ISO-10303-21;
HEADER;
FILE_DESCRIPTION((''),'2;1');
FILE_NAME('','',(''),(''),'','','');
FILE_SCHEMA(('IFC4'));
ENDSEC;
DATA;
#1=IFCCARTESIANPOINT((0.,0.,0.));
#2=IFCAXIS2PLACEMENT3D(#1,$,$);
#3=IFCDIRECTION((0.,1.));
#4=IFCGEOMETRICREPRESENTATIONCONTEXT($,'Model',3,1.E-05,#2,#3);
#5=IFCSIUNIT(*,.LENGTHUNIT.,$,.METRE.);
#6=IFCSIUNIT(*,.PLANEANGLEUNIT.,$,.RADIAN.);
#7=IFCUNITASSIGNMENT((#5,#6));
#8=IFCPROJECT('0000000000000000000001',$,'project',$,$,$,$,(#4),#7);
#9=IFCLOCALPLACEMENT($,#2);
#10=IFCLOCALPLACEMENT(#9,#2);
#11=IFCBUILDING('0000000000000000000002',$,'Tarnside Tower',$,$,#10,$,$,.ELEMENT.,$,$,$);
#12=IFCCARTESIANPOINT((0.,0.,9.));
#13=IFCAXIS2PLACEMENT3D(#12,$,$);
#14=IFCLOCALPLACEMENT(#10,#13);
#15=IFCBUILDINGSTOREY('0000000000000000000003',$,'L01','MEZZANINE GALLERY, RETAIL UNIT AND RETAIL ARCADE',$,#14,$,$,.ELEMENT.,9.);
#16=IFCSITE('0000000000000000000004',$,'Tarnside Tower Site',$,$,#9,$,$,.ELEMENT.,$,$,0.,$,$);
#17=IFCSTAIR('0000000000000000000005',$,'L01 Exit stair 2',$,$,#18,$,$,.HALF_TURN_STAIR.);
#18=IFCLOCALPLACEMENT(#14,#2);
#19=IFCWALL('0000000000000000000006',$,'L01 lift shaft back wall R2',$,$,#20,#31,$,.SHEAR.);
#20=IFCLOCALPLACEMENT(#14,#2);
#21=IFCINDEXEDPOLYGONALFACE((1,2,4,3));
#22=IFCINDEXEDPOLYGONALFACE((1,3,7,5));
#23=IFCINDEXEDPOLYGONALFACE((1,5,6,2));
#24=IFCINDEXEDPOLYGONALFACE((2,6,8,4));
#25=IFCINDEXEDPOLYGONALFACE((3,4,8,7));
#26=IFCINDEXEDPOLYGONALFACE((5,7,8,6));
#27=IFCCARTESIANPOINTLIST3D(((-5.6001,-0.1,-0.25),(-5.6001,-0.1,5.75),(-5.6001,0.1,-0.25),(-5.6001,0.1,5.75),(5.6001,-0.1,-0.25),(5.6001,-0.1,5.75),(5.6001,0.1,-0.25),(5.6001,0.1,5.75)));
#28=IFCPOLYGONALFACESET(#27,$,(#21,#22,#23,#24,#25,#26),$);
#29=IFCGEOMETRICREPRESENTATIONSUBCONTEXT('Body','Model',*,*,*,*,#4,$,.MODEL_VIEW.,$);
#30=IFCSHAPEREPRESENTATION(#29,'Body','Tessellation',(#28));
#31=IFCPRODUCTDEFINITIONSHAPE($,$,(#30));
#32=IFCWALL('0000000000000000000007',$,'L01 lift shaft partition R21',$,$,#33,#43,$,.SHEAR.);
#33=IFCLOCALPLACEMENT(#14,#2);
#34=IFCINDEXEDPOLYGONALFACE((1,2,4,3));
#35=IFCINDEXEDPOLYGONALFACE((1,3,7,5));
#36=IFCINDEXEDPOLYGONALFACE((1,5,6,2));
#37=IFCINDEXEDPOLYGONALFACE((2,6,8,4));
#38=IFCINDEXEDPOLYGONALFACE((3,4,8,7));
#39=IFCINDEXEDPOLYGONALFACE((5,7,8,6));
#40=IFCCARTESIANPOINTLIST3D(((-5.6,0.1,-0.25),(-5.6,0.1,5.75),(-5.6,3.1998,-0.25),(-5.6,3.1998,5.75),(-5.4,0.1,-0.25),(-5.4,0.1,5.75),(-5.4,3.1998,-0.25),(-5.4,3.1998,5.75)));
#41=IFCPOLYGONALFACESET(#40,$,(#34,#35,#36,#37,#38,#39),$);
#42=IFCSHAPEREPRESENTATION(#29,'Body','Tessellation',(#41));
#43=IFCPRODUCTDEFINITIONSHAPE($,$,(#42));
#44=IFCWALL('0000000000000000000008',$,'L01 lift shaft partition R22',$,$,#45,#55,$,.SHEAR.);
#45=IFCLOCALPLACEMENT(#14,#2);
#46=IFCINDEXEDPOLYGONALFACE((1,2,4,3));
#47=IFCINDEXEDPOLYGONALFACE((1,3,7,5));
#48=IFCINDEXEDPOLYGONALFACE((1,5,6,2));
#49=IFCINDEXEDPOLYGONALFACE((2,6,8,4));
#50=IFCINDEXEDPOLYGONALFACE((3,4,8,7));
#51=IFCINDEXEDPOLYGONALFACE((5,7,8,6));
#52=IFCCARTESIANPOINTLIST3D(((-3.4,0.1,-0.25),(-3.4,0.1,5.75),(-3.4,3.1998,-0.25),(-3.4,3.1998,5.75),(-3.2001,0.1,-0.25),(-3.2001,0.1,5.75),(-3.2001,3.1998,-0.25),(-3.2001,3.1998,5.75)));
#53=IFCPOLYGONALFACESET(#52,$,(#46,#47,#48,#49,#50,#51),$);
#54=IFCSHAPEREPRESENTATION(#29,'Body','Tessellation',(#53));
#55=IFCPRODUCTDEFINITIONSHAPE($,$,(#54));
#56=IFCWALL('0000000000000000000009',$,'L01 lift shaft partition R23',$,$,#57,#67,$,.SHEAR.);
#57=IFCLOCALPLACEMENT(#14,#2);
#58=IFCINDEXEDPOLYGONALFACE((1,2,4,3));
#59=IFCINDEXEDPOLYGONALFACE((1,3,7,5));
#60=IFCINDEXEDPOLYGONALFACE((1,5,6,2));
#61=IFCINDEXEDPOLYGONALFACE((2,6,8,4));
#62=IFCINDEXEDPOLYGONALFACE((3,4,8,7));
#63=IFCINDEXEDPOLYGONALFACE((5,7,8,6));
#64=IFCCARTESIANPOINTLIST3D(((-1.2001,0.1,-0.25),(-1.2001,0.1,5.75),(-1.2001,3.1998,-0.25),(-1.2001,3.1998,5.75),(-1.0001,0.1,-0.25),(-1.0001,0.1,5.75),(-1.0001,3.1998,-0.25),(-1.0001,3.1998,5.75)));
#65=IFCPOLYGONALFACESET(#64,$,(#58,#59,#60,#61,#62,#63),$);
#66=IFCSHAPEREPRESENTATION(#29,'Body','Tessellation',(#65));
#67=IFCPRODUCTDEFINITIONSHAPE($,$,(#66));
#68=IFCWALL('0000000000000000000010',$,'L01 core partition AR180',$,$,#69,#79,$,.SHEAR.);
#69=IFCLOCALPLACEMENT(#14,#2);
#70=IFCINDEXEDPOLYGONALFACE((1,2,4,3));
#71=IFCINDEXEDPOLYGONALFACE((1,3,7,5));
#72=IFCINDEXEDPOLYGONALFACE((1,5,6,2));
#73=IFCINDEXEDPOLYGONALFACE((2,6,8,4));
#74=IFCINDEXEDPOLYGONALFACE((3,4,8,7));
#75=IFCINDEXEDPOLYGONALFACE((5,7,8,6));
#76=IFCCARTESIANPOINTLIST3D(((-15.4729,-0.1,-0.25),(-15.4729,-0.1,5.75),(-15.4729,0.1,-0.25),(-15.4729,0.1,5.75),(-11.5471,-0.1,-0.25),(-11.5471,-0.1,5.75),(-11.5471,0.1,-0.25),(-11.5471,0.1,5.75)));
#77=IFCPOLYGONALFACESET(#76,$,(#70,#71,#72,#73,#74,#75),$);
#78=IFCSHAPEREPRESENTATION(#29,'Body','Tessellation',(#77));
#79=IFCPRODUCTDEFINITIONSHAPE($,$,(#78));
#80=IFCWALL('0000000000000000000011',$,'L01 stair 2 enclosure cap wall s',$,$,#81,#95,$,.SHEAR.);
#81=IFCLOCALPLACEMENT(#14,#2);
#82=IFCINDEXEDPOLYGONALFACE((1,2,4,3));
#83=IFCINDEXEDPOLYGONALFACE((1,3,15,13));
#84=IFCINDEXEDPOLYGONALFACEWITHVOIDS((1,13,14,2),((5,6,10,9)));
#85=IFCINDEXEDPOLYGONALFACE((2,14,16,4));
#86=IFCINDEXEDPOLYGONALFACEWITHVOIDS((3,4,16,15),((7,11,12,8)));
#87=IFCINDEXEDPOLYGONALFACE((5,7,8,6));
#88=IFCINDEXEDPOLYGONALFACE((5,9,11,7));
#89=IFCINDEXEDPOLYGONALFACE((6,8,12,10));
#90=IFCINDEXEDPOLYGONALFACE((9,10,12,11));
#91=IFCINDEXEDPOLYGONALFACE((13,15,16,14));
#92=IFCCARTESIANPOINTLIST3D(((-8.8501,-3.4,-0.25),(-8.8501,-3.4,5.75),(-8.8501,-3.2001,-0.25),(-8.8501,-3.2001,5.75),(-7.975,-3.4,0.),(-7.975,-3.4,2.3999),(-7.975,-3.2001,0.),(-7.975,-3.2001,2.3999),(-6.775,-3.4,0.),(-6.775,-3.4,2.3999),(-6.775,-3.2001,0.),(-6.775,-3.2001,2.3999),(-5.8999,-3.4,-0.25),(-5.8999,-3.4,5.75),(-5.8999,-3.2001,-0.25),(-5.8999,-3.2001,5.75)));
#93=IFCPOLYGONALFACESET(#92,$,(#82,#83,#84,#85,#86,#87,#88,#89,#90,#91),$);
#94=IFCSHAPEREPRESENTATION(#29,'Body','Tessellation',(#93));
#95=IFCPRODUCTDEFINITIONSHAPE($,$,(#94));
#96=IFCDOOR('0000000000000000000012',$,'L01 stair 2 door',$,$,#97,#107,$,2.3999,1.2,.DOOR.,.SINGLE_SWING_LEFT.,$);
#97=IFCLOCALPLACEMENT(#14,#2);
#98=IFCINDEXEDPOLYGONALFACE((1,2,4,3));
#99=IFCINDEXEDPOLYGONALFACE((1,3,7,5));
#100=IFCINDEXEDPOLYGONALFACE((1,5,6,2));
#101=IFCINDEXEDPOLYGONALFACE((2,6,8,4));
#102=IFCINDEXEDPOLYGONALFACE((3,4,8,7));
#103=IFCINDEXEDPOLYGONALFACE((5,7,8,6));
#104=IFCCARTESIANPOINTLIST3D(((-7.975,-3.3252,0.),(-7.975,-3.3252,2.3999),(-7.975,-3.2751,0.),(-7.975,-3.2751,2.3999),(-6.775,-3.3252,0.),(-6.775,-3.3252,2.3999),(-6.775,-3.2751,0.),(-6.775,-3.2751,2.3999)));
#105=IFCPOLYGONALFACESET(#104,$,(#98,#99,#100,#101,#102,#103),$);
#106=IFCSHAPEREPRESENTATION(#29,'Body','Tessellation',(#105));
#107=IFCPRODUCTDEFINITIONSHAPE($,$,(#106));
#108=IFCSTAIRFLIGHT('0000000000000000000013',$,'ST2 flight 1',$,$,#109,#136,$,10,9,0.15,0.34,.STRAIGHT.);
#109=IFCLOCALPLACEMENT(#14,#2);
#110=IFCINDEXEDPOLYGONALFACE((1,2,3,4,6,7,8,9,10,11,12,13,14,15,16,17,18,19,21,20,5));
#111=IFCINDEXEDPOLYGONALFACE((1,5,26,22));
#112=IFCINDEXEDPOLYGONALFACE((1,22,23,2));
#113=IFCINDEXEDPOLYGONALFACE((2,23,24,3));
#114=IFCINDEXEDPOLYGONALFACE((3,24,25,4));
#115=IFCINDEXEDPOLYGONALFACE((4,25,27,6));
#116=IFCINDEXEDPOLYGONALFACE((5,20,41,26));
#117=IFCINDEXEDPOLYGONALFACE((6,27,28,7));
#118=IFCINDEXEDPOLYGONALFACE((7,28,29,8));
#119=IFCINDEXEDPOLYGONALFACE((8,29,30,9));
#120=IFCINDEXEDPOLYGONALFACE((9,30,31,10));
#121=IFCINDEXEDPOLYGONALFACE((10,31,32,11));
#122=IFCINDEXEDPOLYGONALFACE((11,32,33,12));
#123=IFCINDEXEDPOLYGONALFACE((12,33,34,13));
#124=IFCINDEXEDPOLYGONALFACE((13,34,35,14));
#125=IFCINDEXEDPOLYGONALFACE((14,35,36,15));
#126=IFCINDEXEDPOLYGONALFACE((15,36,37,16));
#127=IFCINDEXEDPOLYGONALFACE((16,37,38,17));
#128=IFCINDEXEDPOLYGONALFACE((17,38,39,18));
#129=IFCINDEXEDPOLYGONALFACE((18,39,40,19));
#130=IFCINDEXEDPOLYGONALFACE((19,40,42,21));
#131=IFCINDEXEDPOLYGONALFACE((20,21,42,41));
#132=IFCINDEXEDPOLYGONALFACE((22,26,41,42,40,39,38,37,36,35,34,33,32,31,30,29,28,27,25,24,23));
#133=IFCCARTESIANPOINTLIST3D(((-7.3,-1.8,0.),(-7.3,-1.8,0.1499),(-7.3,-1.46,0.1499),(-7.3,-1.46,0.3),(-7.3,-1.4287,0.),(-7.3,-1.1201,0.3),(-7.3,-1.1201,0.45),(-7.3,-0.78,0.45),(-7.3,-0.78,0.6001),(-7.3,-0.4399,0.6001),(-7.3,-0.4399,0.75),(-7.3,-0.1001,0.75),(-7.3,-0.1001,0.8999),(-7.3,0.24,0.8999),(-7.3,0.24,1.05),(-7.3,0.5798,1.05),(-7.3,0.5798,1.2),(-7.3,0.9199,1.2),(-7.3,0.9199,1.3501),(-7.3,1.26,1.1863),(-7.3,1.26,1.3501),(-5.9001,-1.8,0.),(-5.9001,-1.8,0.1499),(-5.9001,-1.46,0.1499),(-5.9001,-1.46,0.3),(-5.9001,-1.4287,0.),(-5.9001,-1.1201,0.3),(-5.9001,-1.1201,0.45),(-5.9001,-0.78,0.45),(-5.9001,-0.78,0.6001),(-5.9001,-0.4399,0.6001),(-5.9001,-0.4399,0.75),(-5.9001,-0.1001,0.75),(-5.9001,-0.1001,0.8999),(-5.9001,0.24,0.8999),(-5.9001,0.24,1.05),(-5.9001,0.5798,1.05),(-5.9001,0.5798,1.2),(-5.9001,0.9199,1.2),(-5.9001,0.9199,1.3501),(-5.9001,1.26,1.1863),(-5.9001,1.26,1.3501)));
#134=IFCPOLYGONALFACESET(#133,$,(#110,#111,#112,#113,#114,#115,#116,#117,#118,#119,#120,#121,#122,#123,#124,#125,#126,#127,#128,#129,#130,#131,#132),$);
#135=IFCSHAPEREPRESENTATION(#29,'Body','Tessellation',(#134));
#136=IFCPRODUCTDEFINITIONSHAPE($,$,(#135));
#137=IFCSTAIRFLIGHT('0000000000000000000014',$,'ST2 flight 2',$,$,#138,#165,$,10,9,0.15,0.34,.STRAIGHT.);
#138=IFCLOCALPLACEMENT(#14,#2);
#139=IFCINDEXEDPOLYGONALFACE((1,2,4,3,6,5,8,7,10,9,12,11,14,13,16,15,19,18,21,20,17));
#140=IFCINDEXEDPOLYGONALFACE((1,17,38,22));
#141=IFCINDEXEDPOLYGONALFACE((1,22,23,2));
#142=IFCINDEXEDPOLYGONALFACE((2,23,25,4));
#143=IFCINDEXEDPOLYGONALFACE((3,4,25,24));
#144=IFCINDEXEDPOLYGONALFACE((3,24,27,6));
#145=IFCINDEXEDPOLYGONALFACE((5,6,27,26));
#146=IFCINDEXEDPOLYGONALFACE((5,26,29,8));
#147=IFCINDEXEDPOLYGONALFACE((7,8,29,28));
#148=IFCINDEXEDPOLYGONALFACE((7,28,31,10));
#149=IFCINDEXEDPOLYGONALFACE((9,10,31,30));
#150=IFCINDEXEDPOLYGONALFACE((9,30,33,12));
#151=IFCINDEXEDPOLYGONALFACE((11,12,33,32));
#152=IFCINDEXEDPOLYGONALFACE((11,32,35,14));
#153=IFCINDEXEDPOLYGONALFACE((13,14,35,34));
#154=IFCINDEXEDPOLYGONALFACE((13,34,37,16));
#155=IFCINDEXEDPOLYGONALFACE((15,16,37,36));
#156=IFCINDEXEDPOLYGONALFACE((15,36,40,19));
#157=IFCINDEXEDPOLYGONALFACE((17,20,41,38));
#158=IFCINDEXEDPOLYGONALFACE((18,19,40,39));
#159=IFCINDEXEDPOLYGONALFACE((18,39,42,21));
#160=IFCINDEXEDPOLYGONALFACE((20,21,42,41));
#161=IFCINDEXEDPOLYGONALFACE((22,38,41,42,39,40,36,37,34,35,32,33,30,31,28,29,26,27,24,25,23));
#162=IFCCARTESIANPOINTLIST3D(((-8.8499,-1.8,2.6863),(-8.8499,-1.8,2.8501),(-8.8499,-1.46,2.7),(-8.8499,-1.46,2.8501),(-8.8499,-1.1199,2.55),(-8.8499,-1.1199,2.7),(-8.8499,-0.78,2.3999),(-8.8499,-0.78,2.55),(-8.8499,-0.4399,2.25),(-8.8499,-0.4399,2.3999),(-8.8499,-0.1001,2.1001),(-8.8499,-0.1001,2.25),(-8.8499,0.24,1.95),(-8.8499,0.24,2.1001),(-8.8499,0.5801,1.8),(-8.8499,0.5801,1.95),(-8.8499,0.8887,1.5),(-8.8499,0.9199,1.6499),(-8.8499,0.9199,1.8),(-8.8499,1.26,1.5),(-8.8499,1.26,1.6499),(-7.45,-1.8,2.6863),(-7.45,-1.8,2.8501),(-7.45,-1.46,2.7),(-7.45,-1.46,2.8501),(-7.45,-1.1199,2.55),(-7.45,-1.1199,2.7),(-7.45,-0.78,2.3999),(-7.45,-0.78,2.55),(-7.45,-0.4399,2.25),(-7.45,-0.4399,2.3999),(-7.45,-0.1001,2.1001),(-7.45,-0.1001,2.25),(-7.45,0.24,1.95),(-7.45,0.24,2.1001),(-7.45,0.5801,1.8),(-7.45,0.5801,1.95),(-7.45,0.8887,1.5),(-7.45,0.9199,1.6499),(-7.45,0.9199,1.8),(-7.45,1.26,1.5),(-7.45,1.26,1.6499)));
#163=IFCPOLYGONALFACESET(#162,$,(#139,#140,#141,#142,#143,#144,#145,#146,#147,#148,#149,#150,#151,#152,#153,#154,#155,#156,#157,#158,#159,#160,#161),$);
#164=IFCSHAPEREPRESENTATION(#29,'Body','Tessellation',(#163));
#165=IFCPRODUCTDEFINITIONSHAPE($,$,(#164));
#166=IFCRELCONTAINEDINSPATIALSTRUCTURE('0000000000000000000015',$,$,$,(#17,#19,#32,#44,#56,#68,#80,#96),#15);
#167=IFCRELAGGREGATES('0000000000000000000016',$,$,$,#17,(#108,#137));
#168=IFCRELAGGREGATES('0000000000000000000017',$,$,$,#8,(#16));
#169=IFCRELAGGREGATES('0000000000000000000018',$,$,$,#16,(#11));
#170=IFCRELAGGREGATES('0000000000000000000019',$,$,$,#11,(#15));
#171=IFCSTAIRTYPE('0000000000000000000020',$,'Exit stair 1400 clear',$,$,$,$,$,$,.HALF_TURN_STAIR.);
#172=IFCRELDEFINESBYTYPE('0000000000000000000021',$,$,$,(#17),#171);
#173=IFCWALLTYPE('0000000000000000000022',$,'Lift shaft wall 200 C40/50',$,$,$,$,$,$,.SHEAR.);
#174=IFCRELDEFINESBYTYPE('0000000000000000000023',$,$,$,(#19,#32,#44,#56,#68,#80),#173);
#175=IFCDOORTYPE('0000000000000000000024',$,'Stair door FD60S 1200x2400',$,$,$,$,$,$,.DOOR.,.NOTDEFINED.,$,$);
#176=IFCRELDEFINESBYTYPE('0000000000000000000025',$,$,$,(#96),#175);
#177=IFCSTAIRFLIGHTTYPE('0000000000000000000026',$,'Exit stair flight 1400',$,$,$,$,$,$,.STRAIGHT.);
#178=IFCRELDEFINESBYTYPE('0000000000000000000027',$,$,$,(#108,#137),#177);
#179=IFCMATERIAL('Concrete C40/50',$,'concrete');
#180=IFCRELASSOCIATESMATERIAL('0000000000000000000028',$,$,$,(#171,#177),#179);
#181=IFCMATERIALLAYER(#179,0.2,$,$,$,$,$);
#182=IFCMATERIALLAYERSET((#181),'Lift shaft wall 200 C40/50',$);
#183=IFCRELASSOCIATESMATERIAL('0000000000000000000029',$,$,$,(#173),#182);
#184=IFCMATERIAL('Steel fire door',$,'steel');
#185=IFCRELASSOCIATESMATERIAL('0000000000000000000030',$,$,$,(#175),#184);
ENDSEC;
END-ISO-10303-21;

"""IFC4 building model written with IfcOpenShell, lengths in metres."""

from ifc_helpers import new_model, si_unit, direction, frame, frame_2d, origin, place, context, subcontext, project, spatial, polyline, rectangle, outline, extrude, material, layer, layer_set, type_object, element, fill, aggregate, save


model = new_model("IFC4")

# Units and contexts
model_context = context("Model", 3, precision=1e-05, world=origin(), true_north=direction((0.0, 1.0)))
body_context = subcontext(model_context, "Body", "Model", "MODEL_VIEW")
ifc_project = project(units=[si_unit("LENGTHUNIT", "METRE"), si_unit("PLANEANGLEUNIT", "RADIAN")], contexts=[model_context])

# Site, building, storey
site_placement = place(None, origin())
site = spatial("IfcSite", under=ifc_project, at=site_placement, Name="Tarnside Tower Site", CompositionType="ELEMENT", RefElevation=0.0)
building_placement = place(site_placement, origin())
building = spatial("IfcBuilding", under=site, at=building_placement, Name="Tarnside Tower", CompositionType="ELEMENT")
storey_placement = place(building_placement, frame((0.0, 0.0, 9.0)))
storey = spatial("IfcBuildingStorey", under=building, at=storey_placement, Name="L01", Description="MEZZANINE GALLERY, RETAIL UNIT AND RETAIL ARCADE", CompositionType="ELEMENT", Elevation=9.0)

# Shared definitions
ifc_material_1 = material(Name="Concrete C40/50", Category="concrete")

# Stair
stair_type = type_object("IfcStairType", Name="Exit stair 1400 clear", PredefinedType="HALF_TURN_STAIR", material=ifc_material_1)
stair_1_placement = place(storey_placement, origin())
stair_1 = element("IfcStair", 1, at=stair_1_placement, inside=storey, type_object=stair_type, Name="L01 Exit stair 2", PredefinedType="HALF_TURN_STAIR")

# Shared definitions
ifc_material_2 = material(Name="Steel fire door", Category="steel")

# Walls
ifc_layer_1 = layer(ifc_material_1, 0.2)
ifc_layer_set_1 = layer_set([ifc_layer_1], Name="Lift shaft wall 200 C40/50")
wall_type_1 = type_object("IfcWallType", Name="Lift shaft wall 200 C40/50", PredefinedType="SHEAR", material=ifc_layer_set_1)
wall_1_placement = place(storey_placement, frame((-5.6001, 0.0, -0.25), z_axis=(0.0, 0.0, 1.0), x_axis=(1.0, 0.0, 0.0)))
element("IfcWall", 2, at=wall_1_placement, inside=storey, type_object=wall_type_1, Name="L01 lift shaft back wall R2", PredefinedType="SHEAR", context=body_context, shape_type="SweptSolid", body=[
    extrude(rectangle(XDim=11.2002, YDim=0.2, at=frame_2d((5.6001, 0.0))), origin(), (0.0, 0.0, 1.0), 6.0),
])
for number, where, z_axis, x_axis, name in (
    (3, (-5.5, 0.1001, -0.25), (0.0, 0.0, 1.0), (0.0, 1.0, 0.0), "L01 lift shaft partition R21"),
    (4, (-3.3, 0.1001, -0.25), (0.0, 0.0, 1.0), (0.0, 1.0, 0.0), "L01 lift shaft partition R22"),
    (5, (-1.1001, 0.1001, -0.25), (0.0, 0.0, 1.0), (0.0, 1.0, 0.0), "L01 lift shaft partition R23"),
):
    element("IfcWall", number, at=place(storey_placement, frame(where, z_axis=z_axis, x_axis=x_axis)), inside=storey, type_object=wall_type_1, Name=name, PredefinedType="SHEAR", context=body_context, shape_type="SweptSolid", body=[
        extrude(rectangle(XDim=3.0999, YDim=0.2, at=frame_2d((1.5498, 0.0))), origin(), (0.0, 0.0, 1.0), 6.0),
    ])
wall_2_placement = place(storey_placement, frame((-11.5471, 0.0, -0.25), z_axis=(0.0, 0.0, 1.0), x_axis=(-1.0, 0.0, 0.0)))
element("IfcWall", 6, at=wall_2_placement, inside=storey, type_object=wall_type_1, Name="L01 core partition AR180", PredefinedType="SHEAR", context=body_context, shape_type="SweptSolid", body=[
    extrude(rectangle(XDim=3.9258, YDim=0.2, at=frame_2d((1.9629, 0.0))), origin(), (0.0, 0.0, 1.0), 6.0),
])

# Wall, opening, door
wall_3_placement = place(storey_placement, frame((-8.8501, -3.3, -0.25), z_axis=(0.0, 0.0, 1.0), x_axis=(1.0, 0.0, 0.0)))
wall_3 = element("IfcWall", 7, at=wall_3_placement, inside=storey, type_object=wall_type_1, Name="L01 stair 2 enclosure cap wall s", PredefinedType="SHEAR", context=body_context, shape_type="SweptSolid", body=[
    extrude(rectangle(XDim=2.9502, YDim=0.2, at=frame_2d((1.4751, 0.0))), origin(), (0.0, 0.0, 1.0), 6.0),
])
opening_1_placement = place(wall_3_placement, frame((0.875, 0.0, 0.25)))
opening_1 = element("IfcOpeningElement", 8, at=opening_1_placement, cuts=wall_3, PredefinedType="OPENING", context=body_context, shape_type="SweptSolid", body=[
    extrude(rectangle(XDim=1.2, YDim=2.3999, at=frame_2d((0.6001, 1.2))), frame((0.0, 0.1099, 0.0), z_axis=(0.0, -1.0, 0.0), x_axis=(1.0, 0.0, 0.0)), (0.0, 0.0, 1.0), 0.22),
])
door_type_1 = type_object("IfcDoorType", Name="Stair door FD60S 1200x2400", OperationType="NOTDEFINED", PredefinedType="DOOR", material=ifc_material_2)
door_1_placement = place(opening_1_placement, origin())
door_1 = element("IfcDoor", 9, at=door_1_placement, inside=storey, type_object=door_type_1, Name="L01 stair 2 door", OperationType="SINGLE_SWING_LEFT", OverallHeight=2.3999, OverallWidth=1.2, PredefinedType="DOOR", context=body_context, shape_type="SweptSolid", body=[
    extrude(rectangle(XDim=1.2, YDim=2.3999, at=frame_2d((0.6001, 1.2))), frame((0.0, 0.0249, 0.0), z_axis=(0.0, -1.0, 0.0), x_axis=(1.0, 0.0, 0.0)), (0.0, 0.0, 1.0), 0.05),
])
fill(opening_1, door_1)

# Stair flights
stair_flight_type = type_object("IfcStairFlightType", Name="Exit stair flight 1400", PredefinedType="STRAIGHT", material=ifc_material_1)
stair_flight_1_placement = place(storey_placement, frame((-6.6001, -1.8, 0.0), z_axis=(0.0, 0.0, 1.0), x_axis=(0.0, 1.0, 0.0)))
stair_flight_1 = element("IfcStairFlight", 10, at=stair_flight_1_placement, type_object=stair_flight_type, Name="ST2 flight 1", NumberOfRisers=10, NumberOfTreads=9, PredefinedType="STRAIGHT", RiserHeight=0.15, TreadLength=0.34, context=body_context, shape_type="SweptSolid", body=[
    extrude(outline(polyline([(0.0, 0.0), (0.0, 0.1499), (0.3401, 0.1499), (0.3401, 0.3), (0.6799, 0.3), (0.6799, 0.45), (1.02, 0.45), (1.02, 0.6001), (1.3601, 0.6001), (1.3601, 0.75), (1.7, 0.75), (1.7, 0.8999), (2.04, 0.8999), (2.04, 1.05), (2.3799, 1.05), (2.3799, 1.2), (2.72, 1.2), (2.72, 1.3501), (3.0601, 1.3501), (3.0601, 1.5), (3.0601, 1.1863), (0.3713, 0.0), (0.0, 0.0)])), frame((0.0, 0.7, 0.0), z_axis=(0.0, -1.0, 0.0), x_axis=(1.0, 0.0, 0.0)), (0.0, 0.0, 1.0), 1.3999),
])
stair_flight_2_placement = place(storey_placement, frame((-8.1499, 1.26, 1.5), z_axis=(0.0, 0.0, 1.0), x_axis=(0.0, -1.0, 0.0)))
stair_flight_2 = element("IfcStairFlight", 11, at=stair_flight_2_placement, type_object=stair_flight_type, Name="ST2 flight 2", NumberOfRisers=10, NumberOfTreads=9, PredefinedType="STRAIGHT", RiserHeight=0.15, TreadLength=0.34, context=body_context, shape_type="SweptSolid", body=[
    extrude(outline(polyline([(0.0, 0.0), (0.0, 0.1499), (0.3401, 0.1499), (0.3401, 0.3), (0.6799, 0.3), (0.6799, 0.45), (1.02, 0.45), (1.02, 0.6001), (1.3601, 0.6001), (1.3601, 0.75), (1.7, 0.75), (1.7, 0.8999), (2.04, 0.8999), (2.04, 1.05), (2.3799, 1.05), (2.3799, 1.2), (2.72, 1.2), (2.72, 1.3501), (3.0601, 1.3501), (3.0601, 1.5), (3.0601, 1.1863), (0.3713, 0.0), (0.0, 0.0)])), frame((0.0, 0.7, 0.0), z_axis=(0.0, -1.0, 0.0), x_axis=(1.0, 0.0, 0.0)), (0.0, 0.0, 1.0), 1.3999),
])
aggregate(stair_1, [stair_flight_1, stair_flight_2])

save(model, "model.ifc")
